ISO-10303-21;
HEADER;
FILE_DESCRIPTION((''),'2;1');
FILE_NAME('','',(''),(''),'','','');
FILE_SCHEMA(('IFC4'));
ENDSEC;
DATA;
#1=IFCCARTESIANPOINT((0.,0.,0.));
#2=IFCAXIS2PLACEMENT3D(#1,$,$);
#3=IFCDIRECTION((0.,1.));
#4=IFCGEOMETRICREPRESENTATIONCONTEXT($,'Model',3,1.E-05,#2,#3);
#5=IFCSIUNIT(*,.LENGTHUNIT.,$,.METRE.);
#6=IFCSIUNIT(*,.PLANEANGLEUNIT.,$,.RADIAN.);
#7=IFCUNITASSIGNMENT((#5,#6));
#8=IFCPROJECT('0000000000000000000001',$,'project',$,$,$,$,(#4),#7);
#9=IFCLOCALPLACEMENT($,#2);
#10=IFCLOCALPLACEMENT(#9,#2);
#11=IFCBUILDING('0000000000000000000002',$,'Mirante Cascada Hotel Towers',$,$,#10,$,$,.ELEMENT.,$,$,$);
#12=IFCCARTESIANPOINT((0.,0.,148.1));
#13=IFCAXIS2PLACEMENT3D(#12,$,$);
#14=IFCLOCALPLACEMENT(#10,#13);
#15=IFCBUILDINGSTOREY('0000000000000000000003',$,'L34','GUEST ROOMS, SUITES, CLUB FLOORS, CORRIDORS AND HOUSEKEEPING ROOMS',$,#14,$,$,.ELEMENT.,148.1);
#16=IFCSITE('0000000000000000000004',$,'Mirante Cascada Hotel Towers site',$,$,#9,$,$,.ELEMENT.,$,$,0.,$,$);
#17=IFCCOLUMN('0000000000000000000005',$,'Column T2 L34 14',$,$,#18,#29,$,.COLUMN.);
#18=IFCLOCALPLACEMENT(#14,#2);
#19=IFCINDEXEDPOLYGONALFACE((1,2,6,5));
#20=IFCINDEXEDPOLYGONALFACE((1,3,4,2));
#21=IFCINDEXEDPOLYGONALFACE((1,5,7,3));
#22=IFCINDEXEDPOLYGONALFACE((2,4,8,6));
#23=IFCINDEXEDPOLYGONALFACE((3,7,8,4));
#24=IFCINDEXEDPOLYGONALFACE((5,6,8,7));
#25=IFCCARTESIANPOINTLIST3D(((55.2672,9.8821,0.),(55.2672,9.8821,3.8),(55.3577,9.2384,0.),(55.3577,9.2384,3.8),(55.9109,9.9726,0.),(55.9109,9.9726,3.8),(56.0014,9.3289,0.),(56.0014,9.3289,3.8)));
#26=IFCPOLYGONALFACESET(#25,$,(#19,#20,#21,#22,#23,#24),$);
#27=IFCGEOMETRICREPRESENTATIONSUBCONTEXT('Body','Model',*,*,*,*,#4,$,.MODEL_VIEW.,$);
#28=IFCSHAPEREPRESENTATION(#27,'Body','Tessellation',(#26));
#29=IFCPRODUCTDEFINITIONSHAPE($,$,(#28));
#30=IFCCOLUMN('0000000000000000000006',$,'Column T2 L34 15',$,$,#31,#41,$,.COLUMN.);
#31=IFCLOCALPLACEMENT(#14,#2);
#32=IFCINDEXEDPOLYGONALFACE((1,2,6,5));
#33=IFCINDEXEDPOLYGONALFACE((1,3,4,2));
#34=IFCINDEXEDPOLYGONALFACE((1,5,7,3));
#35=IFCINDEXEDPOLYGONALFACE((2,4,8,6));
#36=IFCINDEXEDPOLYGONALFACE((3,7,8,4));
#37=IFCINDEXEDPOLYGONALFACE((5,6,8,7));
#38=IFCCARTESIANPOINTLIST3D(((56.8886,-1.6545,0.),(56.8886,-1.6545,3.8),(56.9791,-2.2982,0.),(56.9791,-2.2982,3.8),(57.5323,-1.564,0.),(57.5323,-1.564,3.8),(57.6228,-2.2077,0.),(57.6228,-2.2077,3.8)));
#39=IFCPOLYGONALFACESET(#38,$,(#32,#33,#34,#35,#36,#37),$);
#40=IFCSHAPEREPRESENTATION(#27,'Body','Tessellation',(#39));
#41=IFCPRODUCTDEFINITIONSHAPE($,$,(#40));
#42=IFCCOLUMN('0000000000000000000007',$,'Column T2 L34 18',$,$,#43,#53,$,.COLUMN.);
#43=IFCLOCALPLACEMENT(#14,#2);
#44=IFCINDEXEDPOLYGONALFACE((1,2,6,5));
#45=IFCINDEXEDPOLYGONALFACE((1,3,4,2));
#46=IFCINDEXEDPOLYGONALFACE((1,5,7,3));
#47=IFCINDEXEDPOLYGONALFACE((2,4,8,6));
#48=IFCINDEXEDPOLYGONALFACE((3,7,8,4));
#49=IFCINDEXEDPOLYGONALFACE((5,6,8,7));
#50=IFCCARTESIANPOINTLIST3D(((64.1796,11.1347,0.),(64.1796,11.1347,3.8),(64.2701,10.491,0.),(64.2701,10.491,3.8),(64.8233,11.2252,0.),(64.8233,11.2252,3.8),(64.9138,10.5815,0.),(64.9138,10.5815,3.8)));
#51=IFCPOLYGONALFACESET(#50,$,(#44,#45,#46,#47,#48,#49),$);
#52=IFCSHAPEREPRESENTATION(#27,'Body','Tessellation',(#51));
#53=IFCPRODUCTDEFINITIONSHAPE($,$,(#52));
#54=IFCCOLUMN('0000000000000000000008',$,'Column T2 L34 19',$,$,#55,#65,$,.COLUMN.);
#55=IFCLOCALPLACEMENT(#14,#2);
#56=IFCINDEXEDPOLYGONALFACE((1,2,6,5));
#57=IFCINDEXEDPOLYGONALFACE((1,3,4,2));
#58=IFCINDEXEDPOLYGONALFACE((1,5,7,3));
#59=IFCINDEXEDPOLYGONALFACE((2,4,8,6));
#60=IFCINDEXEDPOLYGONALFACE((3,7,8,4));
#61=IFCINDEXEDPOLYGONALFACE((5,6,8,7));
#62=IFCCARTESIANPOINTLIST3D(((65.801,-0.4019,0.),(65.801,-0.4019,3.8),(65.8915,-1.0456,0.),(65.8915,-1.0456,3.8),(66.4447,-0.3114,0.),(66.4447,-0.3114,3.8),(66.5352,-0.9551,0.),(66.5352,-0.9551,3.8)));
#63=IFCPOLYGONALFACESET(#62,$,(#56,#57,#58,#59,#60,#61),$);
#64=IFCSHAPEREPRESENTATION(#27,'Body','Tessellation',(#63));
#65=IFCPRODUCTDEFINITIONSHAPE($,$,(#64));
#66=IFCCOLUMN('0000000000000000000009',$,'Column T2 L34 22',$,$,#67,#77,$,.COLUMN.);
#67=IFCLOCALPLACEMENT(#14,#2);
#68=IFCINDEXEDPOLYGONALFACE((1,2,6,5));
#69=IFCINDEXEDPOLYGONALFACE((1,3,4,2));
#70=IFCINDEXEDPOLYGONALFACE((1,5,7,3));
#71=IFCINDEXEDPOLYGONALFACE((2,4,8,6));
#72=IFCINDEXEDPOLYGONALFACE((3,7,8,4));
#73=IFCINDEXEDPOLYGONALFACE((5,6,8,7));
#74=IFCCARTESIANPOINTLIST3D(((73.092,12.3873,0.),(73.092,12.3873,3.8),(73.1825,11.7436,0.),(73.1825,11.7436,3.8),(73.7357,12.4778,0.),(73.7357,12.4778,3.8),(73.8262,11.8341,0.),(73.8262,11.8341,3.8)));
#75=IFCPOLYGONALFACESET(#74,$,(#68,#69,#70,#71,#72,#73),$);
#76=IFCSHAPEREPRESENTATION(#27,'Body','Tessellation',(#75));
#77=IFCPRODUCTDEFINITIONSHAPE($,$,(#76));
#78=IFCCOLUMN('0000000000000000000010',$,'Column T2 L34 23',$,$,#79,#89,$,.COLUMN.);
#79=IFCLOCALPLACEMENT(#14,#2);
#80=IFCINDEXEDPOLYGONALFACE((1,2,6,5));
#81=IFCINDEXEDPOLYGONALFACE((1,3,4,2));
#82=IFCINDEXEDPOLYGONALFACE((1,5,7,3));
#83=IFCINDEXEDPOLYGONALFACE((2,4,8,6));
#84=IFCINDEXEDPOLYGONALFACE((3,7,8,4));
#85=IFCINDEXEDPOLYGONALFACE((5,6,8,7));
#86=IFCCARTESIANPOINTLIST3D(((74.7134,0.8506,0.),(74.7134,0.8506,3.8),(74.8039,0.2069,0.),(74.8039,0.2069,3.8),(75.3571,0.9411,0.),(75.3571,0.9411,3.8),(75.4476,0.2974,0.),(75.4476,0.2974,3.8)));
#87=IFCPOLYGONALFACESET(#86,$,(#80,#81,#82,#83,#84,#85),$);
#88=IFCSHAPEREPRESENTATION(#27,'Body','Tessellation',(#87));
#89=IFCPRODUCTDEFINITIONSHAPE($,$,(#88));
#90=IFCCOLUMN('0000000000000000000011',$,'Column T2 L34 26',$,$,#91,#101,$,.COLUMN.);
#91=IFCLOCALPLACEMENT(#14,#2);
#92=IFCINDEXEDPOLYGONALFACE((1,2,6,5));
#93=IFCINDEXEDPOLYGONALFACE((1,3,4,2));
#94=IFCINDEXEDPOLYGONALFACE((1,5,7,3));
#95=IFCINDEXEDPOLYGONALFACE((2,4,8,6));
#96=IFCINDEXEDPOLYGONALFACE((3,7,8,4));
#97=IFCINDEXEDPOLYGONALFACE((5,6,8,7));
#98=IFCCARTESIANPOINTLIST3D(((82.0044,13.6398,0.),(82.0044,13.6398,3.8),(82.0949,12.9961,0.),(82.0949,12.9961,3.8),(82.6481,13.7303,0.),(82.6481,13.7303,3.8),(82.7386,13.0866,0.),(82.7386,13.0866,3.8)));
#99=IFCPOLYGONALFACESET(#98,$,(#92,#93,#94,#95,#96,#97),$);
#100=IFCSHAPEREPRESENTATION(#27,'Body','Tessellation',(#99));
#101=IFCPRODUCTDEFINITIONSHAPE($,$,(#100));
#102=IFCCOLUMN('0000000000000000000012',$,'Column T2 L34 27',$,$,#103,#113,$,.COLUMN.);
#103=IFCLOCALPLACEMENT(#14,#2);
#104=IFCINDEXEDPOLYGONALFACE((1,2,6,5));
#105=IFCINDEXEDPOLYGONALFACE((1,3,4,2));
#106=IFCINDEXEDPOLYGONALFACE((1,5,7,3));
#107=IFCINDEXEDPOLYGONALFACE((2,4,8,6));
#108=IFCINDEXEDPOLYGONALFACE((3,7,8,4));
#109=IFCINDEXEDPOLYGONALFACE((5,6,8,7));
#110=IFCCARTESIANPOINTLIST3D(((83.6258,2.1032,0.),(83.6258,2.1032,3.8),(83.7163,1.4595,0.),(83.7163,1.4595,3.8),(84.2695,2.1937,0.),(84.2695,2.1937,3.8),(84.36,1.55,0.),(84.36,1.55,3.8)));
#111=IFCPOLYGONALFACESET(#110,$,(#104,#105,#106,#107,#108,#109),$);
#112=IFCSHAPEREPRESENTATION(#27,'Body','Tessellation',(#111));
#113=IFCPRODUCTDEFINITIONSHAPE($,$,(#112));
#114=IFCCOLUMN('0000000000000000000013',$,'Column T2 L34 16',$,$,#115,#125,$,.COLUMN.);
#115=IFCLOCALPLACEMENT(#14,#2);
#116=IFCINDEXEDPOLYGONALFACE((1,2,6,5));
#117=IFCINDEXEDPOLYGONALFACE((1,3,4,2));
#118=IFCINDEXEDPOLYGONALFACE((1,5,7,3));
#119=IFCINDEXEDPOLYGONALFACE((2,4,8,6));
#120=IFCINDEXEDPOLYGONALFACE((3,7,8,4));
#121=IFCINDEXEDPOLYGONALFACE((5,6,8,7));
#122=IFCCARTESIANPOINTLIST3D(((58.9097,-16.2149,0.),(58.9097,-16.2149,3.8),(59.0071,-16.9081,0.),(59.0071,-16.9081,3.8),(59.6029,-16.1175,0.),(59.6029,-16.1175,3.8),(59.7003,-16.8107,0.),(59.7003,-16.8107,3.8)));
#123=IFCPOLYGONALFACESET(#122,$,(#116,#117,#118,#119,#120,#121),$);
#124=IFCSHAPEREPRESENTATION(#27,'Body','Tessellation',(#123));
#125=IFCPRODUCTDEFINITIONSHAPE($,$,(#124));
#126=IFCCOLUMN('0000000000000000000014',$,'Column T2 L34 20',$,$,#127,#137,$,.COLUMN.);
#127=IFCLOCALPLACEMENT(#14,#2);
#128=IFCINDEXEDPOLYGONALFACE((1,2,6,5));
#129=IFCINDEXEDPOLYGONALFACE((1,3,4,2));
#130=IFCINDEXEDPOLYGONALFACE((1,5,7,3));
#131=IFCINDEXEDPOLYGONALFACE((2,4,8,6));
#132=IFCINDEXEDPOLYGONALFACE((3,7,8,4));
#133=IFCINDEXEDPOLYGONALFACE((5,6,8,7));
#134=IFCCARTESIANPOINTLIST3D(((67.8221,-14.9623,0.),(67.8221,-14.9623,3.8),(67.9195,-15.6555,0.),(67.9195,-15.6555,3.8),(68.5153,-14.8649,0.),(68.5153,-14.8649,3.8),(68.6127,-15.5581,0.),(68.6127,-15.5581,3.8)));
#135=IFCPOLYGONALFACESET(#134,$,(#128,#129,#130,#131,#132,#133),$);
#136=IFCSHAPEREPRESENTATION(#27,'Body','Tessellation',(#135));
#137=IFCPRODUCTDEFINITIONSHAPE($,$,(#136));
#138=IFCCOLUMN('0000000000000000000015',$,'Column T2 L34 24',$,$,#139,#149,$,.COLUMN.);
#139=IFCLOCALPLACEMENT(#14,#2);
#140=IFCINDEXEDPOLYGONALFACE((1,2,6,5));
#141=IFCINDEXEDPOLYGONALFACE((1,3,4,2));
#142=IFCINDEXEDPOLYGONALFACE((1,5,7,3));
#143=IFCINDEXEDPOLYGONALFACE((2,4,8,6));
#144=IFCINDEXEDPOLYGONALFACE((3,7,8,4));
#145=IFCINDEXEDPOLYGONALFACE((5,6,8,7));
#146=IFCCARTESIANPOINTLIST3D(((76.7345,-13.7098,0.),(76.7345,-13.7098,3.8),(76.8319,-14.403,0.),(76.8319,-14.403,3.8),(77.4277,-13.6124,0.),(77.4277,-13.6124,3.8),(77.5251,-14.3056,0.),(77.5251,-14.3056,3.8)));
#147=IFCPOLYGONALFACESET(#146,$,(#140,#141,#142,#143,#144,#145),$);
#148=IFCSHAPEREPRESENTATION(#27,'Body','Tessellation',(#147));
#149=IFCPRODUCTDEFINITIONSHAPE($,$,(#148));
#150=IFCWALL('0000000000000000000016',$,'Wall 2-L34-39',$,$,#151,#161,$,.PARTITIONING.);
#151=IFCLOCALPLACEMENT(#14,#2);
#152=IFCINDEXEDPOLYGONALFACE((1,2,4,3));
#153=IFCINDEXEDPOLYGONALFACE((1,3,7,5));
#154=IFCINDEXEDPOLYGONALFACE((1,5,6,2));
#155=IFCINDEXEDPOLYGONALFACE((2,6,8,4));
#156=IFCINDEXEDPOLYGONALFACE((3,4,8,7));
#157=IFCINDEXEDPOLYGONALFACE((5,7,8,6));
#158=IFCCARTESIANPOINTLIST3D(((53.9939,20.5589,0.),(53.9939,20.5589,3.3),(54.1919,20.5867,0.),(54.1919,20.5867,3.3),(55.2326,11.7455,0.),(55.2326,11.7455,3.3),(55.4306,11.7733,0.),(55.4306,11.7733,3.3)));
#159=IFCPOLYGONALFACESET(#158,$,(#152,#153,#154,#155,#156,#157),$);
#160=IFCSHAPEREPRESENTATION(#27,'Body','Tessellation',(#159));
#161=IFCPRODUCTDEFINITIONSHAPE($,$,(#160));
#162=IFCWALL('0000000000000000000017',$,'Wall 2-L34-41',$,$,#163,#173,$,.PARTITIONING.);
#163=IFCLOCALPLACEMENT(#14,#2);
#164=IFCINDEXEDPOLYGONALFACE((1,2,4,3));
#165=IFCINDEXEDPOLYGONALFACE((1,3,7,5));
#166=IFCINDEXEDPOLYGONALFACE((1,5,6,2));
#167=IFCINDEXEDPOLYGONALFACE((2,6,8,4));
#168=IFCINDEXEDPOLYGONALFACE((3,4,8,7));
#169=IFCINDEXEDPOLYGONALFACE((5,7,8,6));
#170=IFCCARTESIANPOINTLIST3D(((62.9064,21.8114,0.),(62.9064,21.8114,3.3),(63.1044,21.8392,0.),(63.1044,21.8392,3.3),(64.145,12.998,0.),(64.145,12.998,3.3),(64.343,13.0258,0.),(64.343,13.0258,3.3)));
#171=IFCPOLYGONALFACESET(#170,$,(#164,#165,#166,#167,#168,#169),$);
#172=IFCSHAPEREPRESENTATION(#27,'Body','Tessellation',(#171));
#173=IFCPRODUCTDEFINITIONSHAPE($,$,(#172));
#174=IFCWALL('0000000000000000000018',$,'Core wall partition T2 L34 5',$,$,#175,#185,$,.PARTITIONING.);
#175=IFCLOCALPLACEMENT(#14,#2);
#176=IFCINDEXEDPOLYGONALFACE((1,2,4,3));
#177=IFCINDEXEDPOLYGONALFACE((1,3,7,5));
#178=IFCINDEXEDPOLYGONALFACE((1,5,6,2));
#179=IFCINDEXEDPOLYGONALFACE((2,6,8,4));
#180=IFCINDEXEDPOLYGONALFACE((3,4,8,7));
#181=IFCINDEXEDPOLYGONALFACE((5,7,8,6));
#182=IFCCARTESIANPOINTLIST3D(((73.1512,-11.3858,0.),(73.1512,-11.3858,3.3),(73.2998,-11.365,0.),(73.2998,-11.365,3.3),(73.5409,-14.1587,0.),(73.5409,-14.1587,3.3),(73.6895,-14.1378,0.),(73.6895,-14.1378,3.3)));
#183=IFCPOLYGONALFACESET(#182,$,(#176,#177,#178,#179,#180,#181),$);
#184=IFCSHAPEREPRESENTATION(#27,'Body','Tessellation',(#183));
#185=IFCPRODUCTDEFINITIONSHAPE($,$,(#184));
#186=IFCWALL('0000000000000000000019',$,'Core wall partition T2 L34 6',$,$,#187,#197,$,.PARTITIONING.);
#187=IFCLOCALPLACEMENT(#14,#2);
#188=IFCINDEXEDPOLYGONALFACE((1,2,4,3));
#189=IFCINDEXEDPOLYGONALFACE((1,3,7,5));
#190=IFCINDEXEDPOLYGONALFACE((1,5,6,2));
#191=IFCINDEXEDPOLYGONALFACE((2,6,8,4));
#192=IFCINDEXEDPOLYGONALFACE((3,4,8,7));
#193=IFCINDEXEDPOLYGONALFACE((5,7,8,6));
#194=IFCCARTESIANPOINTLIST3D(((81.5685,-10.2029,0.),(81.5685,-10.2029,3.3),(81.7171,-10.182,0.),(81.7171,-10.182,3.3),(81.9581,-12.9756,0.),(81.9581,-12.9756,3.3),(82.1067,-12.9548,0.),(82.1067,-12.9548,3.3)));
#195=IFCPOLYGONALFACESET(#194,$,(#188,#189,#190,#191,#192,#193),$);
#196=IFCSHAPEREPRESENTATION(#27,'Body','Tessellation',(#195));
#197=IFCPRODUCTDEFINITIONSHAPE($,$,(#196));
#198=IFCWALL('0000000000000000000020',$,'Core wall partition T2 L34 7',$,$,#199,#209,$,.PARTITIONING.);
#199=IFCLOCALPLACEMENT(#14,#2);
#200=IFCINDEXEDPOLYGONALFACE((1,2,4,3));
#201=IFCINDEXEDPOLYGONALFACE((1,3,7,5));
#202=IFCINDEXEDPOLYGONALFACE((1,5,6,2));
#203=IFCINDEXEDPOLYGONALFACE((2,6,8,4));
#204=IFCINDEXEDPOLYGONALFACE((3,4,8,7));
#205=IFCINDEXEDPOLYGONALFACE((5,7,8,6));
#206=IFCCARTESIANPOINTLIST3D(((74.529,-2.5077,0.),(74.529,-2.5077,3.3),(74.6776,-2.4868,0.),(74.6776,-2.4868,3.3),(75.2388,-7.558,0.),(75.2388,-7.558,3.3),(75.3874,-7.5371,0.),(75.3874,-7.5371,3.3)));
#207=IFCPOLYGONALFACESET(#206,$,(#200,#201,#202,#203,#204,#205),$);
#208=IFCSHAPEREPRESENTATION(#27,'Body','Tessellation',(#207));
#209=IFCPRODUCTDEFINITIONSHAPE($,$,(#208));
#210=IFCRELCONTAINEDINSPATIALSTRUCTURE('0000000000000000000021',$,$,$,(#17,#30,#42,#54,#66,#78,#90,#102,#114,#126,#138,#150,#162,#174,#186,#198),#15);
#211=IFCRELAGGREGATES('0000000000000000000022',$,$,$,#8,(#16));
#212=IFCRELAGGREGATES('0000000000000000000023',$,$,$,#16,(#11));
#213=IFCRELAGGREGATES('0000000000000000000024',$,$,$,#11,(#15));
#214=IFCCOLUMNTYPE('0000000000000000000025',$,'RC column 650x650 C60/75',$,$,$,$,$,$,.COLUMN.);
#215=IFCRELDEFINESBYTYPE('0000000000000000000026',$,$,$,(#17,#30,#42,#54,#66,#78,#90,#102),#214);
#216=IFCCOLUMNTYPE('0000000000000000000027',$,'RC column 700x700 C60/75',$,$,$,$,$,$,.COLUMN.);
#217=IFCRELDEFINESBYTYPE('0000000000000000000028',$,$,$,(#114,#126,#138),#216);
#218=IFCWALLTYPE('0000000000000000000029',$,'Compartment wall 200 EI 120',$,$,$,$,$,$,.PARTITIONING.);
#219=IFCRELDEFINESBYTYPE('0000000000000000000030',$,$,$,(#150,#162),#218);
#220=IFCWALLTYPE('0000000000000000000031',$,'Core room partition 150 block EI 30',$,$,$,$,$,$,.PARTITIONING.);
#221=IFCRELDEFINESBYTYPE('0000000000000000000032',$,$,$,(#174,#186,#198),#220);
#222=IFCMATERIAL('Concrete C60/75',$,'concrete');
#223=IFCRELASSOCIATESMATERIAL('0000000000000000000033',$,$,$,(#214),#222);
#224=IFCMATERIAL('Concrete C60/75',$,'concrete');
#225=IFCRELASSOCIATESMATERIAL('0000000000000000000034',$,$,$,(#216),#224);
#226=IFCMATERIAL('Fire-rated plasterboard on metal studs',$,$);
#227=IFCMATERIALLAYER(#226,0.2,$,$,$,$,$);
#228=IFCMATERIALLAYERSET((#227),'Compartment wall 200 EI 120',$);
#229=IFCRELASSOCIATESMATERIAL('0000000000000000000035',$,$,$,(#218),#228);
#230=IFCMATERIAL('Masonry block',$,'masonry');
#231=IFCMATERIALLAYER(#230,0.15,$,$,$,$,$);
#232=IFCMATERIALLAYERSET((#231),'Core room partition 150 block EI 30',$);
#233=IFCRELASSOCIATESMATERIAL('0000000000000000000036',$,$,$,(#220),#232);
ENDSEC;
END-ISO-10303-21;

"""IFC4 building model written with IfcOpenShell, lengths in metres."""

from ifc_helpers import new_model, si_unit, direction, frame, frame_2d, origin, origin_2d, place, context, subcontext, project, spatial, rectangle, extrude, material, layer, layer_set, material_profile, profile_set, type_object, element, save


model = new_model("IFC4")

# Units and contexts
model_context = context("Model", 3, precision=1e-05, world=origin(), true_north=direction((0.0, 1.0)))
body_context = subcontext(model_context, "Body", "Model", "MODEL_VIEW")
ifc_project = project(units=[si_unit("LENGTHUNIT", "METRE"), si_unit("PLANEANGLEUNIT", "RADIAN")], contexts=[model_context])

# Site, building, storey
site_placement = place(None, origin())
site = spatial("IfcSite", under=ifc_project, at=site_placement, Name="Mirante Cascada Hotel Towers site", CompositionType="ELEMENT", RefElevation=0.0)
building_placement = place(site_placement, origin())
building = spatial("IfcBuilding", under=site, at=building_placement, Name="Mirante Cascada Hotel Towers", CompositionType="ELEMENT")
storey_placement = place(building_placement, frame((0.0, 0.0, 148.1)))
storey = spatial("IfcBuildingStorey", under=building, at=storey_placement, Name="L34", Description="GUEST ROOMS, SUITES, CLUB FLOORS, CORRIDORS AND HOUSEKEEPING ROOMS", CompositionType="ELEMENT", Elevation=148.1)

# Columns
ifc_material_1 = material(Name="Concrete C60/75", Category="concrete")
ifc_material_profile_1 = material_profile(ifc_material_1, rectangle(XDim=0.65, YDim=0.65, at=origin_2d()), Name="RC column 650x650 C60/75")
ifc_profile_set_1 = profile_set([ifc_material_profile_1], Name="Concrete C60/75")
column_type_1 = type_object("IfcColumnType", Name="RC column 650x650 C60/75", PredefinedType="COLUMN", material=ifc_profile_set_1)
for number, where, z_axis, x_axis, name in (
    (1, (55.6343, 9.6055, 0.0), (0.0, 0.0, 1.0), (0.990268, 0.139173, 0.0), "Column T2 L34 14"),
    (2, (57.2557, -1.9311, 0.0), (0.0, 0.0, 1.0), (0.990268, 0.139173, 0.0), "Column T2 L34 15"),
    (3, (64.5467, 10.8581, 0.0), (0.0, 0.0, 1.0), (0.990268, 0.139173, 0.0), "Column T2 L34 18"),
    (4, (66.1681, -0.6785, 0.0), (0.0, 0.0, 1.0), (0.990268, 0.139173, 0.0), "Column T2 L34 19"),
    (5, (73.4591, 12.1107, 0.0), (0.0, 0.0, 1.0), (0.990268, 0.139173, 0.0), "Column T2 L34 22"),
    (6, (75.0805, 0.574, 0.0), (0.0, 0.0, 1.0), (0.990268, 0.139173, 0.0), "Column T2 L34 23"),
    (7, (82.3715, 13.3632, 0.0), (0.0, 0.0, 1.0), (0.990268, 0.139173, 0.0), "Column T2 L34 26"),
    (8, (83.9929, 1.8266, 0.0), (0.0, 0.0, 1.0), (0.990268, 0.139173, 0.0), "Column T2 L34 27"),
):
    element("IfcColumn", number, at=place(storey_placement, frame(where, z_axis=z_axis, x_axis=x_axis)), inside=storey, type_object=column_type_1, Name=name, PredefinedType="COLUMN", context=body_context, shape_type="SweptSolid", body=[
        extrude(rectangle(XDim=0.65, YDim=0.65, at=origin_2d()), origin(), (0.0, 0.0, 1.0), 3.8),
    ])
ifc_material_2 = material(Name="Concrete C60/75", Category="concrete")
ifc_material_profile_2 = material_profile(ifc_material_2, rectangle(XDim=0.7, YDim=0.7, at=origin_2d()), Name="RC column 700x700 C60/75")
ifc_profile_set_2 = profile_set([ifc_material_profile_2], Name="Concrete C60/75")
column_type_2 = type_object("IfcColumnType", Name="RC column 700x700 C60/75", PredefinedType="COLUMN", material=ifc_profile_set_2)
for number, where, z_axis, x_axis, name in (
    (9, (59.305, -16.5128, 0.0), (0.0, 0.0, 1.0), (0.990268, 0.139173, 0.0), "Column T2 L34 16"),
    (10, (68.2174, -15.2602, 0.0), (0.0, 0.0, 1.0), (0.990268, 0.139173, 0.0), "Column T2 L34 20"),
    (11, (77.1298, -14.0077, 0.0), (0.0, 0.0, 1.0), (0.990268, 0.139173, 0.0), "Column T2 L34 24"),
):
    element("IfcColumn", number, at=place(storey_placement, frame(where, z_axis=z_axis, x_axis=x_axis)), inside=storey, type_object=column_type_2, Name=name, PredefinedType="COLUMN", context=body_context, shape_type="SweptSolid", body=[
        extrude(rectangle(XDim=0.7, YDim=0.7, at=origin_2d()), origin(), (0.0, 0.0, 1.0), 3.8),
    ])

# Walls
ifc_material_3 = material(Name="Fire-rated plasterboard on metal studs")
ifc_layer_1 = layer(ifc_material_3, 0.2)
ifc_layer_set_1 = layer_set([ifc_layer_1], Name="Compartment wall 200 EI 120")
wall_type_1 = type_object("IfcWallType", Name="Compartment wall 200 EI 120", PredefinedType="PARTITIONING", material=ifc_layer_set_1)
for number, where, z_axis, x_axis, name in (
    (12, (55.3316, 11.7594, 0.0), (0.0, 0.0, 1.0), (-0.139179, 0.990267, 0.0), "Wall 2-L34-39"),
    (13, (64.244, 13.0119, 0.0), (0.0, 0.0, 1.0), (-0.139168, 0.990269, 0.0), "Wall 2-L34-41"),
):
    element("IfcWall", number, at=place(storey_placement, frame(where, z_axis=z_axis, x_axis=x_axis)), inside=storey, type_object=wall_type_1, Name=name, PredefinedType="PARTITIONING", context=body_context, shape_type="SweptSolid", body=[
        extrude(rectangle(XDim=8.9, YDim=0.2, at=frame_2d((4.45, 0.0))), origin(), (0.0, 0.0, 1.0), 3.3),
    ])
ifc_material_4 = material(Name="Masonry block", Category="masonry")
ifc_layer_2 = layer(ifc_material_4, 0.15)
ifc_layer_set_2 = layer_set([ifc_layer_2], Name="Core room partition 150 block EI 30")
wall_type_2 = type_object("IfcWallType", Name="Core room partition 150 block EI 30", PredefinedType="PARTITIONING", material=ifc_layer_set_2)
wall_1_placement = place(storey_placement, frame((73.6152, -14.1482, 0.0), z_axis=(0.0, 0.0, 1.0), x_axis=(-0.139176, 0.990268, 0.0)))
element("IfcWall", 14, at=wall_1_placement, inside=storey, type_object=wall_type_2, Name="Core wall partition T2 L34 5", PredefinedType="PARTITIONING", context=body_context, shape_type="SweptSolid", body=[
    extrude(rectangle(XDim=2.8001, YDim=0.15, at=frame_2d((1.4, 0.0))), origin(), (0.0, 0.0, 1.0), 3.3),
])
wall_2_placement = place(storey_placement, frame((82.0324, -12.9652, 0.0), z_axis=(0.0, 0.0, 1.0), x_axis=(-0.139141, 0.990273, 0.0)))
element("IfcWall", 15, at=wall_2_placement, inside=storey, type_object=wall_type_2, Name="Core wall partition T2 L34 6", PredefinedType="PARTITIONING", context=body_context, shape_type="SweptSolid", body=[
    extrude(rectangle(XDim=2.8, YDim=0.15, at=frame_2d((1.4, 0.0))), origin(), (0.0, 0.0, 1.0), 3.3),
])
wall_3_placement = place(storey_placement, frame((75.3131, -7.5476, 0.0), z_axis=(0.0, 0.0, 1.0), x_axis=(-0.139178, 0.990267, 0.0)))
element("IfcWall", 16, at=wall_3_placement, inside=storey, type_object=wall_type_2, Name="Core wall partition T2 L34 7", PredefinedType="PARTITIONING", context=body_context, shape_type="SweptSolid", body=[
    extrude(rectangle(XDim=5.0999, YDim=0.15, at=frame_2d((2.55, 0.0))), origin(), (0.0, 0.0, 1.0), 3.3),
])

save(model, "model.ifc")
